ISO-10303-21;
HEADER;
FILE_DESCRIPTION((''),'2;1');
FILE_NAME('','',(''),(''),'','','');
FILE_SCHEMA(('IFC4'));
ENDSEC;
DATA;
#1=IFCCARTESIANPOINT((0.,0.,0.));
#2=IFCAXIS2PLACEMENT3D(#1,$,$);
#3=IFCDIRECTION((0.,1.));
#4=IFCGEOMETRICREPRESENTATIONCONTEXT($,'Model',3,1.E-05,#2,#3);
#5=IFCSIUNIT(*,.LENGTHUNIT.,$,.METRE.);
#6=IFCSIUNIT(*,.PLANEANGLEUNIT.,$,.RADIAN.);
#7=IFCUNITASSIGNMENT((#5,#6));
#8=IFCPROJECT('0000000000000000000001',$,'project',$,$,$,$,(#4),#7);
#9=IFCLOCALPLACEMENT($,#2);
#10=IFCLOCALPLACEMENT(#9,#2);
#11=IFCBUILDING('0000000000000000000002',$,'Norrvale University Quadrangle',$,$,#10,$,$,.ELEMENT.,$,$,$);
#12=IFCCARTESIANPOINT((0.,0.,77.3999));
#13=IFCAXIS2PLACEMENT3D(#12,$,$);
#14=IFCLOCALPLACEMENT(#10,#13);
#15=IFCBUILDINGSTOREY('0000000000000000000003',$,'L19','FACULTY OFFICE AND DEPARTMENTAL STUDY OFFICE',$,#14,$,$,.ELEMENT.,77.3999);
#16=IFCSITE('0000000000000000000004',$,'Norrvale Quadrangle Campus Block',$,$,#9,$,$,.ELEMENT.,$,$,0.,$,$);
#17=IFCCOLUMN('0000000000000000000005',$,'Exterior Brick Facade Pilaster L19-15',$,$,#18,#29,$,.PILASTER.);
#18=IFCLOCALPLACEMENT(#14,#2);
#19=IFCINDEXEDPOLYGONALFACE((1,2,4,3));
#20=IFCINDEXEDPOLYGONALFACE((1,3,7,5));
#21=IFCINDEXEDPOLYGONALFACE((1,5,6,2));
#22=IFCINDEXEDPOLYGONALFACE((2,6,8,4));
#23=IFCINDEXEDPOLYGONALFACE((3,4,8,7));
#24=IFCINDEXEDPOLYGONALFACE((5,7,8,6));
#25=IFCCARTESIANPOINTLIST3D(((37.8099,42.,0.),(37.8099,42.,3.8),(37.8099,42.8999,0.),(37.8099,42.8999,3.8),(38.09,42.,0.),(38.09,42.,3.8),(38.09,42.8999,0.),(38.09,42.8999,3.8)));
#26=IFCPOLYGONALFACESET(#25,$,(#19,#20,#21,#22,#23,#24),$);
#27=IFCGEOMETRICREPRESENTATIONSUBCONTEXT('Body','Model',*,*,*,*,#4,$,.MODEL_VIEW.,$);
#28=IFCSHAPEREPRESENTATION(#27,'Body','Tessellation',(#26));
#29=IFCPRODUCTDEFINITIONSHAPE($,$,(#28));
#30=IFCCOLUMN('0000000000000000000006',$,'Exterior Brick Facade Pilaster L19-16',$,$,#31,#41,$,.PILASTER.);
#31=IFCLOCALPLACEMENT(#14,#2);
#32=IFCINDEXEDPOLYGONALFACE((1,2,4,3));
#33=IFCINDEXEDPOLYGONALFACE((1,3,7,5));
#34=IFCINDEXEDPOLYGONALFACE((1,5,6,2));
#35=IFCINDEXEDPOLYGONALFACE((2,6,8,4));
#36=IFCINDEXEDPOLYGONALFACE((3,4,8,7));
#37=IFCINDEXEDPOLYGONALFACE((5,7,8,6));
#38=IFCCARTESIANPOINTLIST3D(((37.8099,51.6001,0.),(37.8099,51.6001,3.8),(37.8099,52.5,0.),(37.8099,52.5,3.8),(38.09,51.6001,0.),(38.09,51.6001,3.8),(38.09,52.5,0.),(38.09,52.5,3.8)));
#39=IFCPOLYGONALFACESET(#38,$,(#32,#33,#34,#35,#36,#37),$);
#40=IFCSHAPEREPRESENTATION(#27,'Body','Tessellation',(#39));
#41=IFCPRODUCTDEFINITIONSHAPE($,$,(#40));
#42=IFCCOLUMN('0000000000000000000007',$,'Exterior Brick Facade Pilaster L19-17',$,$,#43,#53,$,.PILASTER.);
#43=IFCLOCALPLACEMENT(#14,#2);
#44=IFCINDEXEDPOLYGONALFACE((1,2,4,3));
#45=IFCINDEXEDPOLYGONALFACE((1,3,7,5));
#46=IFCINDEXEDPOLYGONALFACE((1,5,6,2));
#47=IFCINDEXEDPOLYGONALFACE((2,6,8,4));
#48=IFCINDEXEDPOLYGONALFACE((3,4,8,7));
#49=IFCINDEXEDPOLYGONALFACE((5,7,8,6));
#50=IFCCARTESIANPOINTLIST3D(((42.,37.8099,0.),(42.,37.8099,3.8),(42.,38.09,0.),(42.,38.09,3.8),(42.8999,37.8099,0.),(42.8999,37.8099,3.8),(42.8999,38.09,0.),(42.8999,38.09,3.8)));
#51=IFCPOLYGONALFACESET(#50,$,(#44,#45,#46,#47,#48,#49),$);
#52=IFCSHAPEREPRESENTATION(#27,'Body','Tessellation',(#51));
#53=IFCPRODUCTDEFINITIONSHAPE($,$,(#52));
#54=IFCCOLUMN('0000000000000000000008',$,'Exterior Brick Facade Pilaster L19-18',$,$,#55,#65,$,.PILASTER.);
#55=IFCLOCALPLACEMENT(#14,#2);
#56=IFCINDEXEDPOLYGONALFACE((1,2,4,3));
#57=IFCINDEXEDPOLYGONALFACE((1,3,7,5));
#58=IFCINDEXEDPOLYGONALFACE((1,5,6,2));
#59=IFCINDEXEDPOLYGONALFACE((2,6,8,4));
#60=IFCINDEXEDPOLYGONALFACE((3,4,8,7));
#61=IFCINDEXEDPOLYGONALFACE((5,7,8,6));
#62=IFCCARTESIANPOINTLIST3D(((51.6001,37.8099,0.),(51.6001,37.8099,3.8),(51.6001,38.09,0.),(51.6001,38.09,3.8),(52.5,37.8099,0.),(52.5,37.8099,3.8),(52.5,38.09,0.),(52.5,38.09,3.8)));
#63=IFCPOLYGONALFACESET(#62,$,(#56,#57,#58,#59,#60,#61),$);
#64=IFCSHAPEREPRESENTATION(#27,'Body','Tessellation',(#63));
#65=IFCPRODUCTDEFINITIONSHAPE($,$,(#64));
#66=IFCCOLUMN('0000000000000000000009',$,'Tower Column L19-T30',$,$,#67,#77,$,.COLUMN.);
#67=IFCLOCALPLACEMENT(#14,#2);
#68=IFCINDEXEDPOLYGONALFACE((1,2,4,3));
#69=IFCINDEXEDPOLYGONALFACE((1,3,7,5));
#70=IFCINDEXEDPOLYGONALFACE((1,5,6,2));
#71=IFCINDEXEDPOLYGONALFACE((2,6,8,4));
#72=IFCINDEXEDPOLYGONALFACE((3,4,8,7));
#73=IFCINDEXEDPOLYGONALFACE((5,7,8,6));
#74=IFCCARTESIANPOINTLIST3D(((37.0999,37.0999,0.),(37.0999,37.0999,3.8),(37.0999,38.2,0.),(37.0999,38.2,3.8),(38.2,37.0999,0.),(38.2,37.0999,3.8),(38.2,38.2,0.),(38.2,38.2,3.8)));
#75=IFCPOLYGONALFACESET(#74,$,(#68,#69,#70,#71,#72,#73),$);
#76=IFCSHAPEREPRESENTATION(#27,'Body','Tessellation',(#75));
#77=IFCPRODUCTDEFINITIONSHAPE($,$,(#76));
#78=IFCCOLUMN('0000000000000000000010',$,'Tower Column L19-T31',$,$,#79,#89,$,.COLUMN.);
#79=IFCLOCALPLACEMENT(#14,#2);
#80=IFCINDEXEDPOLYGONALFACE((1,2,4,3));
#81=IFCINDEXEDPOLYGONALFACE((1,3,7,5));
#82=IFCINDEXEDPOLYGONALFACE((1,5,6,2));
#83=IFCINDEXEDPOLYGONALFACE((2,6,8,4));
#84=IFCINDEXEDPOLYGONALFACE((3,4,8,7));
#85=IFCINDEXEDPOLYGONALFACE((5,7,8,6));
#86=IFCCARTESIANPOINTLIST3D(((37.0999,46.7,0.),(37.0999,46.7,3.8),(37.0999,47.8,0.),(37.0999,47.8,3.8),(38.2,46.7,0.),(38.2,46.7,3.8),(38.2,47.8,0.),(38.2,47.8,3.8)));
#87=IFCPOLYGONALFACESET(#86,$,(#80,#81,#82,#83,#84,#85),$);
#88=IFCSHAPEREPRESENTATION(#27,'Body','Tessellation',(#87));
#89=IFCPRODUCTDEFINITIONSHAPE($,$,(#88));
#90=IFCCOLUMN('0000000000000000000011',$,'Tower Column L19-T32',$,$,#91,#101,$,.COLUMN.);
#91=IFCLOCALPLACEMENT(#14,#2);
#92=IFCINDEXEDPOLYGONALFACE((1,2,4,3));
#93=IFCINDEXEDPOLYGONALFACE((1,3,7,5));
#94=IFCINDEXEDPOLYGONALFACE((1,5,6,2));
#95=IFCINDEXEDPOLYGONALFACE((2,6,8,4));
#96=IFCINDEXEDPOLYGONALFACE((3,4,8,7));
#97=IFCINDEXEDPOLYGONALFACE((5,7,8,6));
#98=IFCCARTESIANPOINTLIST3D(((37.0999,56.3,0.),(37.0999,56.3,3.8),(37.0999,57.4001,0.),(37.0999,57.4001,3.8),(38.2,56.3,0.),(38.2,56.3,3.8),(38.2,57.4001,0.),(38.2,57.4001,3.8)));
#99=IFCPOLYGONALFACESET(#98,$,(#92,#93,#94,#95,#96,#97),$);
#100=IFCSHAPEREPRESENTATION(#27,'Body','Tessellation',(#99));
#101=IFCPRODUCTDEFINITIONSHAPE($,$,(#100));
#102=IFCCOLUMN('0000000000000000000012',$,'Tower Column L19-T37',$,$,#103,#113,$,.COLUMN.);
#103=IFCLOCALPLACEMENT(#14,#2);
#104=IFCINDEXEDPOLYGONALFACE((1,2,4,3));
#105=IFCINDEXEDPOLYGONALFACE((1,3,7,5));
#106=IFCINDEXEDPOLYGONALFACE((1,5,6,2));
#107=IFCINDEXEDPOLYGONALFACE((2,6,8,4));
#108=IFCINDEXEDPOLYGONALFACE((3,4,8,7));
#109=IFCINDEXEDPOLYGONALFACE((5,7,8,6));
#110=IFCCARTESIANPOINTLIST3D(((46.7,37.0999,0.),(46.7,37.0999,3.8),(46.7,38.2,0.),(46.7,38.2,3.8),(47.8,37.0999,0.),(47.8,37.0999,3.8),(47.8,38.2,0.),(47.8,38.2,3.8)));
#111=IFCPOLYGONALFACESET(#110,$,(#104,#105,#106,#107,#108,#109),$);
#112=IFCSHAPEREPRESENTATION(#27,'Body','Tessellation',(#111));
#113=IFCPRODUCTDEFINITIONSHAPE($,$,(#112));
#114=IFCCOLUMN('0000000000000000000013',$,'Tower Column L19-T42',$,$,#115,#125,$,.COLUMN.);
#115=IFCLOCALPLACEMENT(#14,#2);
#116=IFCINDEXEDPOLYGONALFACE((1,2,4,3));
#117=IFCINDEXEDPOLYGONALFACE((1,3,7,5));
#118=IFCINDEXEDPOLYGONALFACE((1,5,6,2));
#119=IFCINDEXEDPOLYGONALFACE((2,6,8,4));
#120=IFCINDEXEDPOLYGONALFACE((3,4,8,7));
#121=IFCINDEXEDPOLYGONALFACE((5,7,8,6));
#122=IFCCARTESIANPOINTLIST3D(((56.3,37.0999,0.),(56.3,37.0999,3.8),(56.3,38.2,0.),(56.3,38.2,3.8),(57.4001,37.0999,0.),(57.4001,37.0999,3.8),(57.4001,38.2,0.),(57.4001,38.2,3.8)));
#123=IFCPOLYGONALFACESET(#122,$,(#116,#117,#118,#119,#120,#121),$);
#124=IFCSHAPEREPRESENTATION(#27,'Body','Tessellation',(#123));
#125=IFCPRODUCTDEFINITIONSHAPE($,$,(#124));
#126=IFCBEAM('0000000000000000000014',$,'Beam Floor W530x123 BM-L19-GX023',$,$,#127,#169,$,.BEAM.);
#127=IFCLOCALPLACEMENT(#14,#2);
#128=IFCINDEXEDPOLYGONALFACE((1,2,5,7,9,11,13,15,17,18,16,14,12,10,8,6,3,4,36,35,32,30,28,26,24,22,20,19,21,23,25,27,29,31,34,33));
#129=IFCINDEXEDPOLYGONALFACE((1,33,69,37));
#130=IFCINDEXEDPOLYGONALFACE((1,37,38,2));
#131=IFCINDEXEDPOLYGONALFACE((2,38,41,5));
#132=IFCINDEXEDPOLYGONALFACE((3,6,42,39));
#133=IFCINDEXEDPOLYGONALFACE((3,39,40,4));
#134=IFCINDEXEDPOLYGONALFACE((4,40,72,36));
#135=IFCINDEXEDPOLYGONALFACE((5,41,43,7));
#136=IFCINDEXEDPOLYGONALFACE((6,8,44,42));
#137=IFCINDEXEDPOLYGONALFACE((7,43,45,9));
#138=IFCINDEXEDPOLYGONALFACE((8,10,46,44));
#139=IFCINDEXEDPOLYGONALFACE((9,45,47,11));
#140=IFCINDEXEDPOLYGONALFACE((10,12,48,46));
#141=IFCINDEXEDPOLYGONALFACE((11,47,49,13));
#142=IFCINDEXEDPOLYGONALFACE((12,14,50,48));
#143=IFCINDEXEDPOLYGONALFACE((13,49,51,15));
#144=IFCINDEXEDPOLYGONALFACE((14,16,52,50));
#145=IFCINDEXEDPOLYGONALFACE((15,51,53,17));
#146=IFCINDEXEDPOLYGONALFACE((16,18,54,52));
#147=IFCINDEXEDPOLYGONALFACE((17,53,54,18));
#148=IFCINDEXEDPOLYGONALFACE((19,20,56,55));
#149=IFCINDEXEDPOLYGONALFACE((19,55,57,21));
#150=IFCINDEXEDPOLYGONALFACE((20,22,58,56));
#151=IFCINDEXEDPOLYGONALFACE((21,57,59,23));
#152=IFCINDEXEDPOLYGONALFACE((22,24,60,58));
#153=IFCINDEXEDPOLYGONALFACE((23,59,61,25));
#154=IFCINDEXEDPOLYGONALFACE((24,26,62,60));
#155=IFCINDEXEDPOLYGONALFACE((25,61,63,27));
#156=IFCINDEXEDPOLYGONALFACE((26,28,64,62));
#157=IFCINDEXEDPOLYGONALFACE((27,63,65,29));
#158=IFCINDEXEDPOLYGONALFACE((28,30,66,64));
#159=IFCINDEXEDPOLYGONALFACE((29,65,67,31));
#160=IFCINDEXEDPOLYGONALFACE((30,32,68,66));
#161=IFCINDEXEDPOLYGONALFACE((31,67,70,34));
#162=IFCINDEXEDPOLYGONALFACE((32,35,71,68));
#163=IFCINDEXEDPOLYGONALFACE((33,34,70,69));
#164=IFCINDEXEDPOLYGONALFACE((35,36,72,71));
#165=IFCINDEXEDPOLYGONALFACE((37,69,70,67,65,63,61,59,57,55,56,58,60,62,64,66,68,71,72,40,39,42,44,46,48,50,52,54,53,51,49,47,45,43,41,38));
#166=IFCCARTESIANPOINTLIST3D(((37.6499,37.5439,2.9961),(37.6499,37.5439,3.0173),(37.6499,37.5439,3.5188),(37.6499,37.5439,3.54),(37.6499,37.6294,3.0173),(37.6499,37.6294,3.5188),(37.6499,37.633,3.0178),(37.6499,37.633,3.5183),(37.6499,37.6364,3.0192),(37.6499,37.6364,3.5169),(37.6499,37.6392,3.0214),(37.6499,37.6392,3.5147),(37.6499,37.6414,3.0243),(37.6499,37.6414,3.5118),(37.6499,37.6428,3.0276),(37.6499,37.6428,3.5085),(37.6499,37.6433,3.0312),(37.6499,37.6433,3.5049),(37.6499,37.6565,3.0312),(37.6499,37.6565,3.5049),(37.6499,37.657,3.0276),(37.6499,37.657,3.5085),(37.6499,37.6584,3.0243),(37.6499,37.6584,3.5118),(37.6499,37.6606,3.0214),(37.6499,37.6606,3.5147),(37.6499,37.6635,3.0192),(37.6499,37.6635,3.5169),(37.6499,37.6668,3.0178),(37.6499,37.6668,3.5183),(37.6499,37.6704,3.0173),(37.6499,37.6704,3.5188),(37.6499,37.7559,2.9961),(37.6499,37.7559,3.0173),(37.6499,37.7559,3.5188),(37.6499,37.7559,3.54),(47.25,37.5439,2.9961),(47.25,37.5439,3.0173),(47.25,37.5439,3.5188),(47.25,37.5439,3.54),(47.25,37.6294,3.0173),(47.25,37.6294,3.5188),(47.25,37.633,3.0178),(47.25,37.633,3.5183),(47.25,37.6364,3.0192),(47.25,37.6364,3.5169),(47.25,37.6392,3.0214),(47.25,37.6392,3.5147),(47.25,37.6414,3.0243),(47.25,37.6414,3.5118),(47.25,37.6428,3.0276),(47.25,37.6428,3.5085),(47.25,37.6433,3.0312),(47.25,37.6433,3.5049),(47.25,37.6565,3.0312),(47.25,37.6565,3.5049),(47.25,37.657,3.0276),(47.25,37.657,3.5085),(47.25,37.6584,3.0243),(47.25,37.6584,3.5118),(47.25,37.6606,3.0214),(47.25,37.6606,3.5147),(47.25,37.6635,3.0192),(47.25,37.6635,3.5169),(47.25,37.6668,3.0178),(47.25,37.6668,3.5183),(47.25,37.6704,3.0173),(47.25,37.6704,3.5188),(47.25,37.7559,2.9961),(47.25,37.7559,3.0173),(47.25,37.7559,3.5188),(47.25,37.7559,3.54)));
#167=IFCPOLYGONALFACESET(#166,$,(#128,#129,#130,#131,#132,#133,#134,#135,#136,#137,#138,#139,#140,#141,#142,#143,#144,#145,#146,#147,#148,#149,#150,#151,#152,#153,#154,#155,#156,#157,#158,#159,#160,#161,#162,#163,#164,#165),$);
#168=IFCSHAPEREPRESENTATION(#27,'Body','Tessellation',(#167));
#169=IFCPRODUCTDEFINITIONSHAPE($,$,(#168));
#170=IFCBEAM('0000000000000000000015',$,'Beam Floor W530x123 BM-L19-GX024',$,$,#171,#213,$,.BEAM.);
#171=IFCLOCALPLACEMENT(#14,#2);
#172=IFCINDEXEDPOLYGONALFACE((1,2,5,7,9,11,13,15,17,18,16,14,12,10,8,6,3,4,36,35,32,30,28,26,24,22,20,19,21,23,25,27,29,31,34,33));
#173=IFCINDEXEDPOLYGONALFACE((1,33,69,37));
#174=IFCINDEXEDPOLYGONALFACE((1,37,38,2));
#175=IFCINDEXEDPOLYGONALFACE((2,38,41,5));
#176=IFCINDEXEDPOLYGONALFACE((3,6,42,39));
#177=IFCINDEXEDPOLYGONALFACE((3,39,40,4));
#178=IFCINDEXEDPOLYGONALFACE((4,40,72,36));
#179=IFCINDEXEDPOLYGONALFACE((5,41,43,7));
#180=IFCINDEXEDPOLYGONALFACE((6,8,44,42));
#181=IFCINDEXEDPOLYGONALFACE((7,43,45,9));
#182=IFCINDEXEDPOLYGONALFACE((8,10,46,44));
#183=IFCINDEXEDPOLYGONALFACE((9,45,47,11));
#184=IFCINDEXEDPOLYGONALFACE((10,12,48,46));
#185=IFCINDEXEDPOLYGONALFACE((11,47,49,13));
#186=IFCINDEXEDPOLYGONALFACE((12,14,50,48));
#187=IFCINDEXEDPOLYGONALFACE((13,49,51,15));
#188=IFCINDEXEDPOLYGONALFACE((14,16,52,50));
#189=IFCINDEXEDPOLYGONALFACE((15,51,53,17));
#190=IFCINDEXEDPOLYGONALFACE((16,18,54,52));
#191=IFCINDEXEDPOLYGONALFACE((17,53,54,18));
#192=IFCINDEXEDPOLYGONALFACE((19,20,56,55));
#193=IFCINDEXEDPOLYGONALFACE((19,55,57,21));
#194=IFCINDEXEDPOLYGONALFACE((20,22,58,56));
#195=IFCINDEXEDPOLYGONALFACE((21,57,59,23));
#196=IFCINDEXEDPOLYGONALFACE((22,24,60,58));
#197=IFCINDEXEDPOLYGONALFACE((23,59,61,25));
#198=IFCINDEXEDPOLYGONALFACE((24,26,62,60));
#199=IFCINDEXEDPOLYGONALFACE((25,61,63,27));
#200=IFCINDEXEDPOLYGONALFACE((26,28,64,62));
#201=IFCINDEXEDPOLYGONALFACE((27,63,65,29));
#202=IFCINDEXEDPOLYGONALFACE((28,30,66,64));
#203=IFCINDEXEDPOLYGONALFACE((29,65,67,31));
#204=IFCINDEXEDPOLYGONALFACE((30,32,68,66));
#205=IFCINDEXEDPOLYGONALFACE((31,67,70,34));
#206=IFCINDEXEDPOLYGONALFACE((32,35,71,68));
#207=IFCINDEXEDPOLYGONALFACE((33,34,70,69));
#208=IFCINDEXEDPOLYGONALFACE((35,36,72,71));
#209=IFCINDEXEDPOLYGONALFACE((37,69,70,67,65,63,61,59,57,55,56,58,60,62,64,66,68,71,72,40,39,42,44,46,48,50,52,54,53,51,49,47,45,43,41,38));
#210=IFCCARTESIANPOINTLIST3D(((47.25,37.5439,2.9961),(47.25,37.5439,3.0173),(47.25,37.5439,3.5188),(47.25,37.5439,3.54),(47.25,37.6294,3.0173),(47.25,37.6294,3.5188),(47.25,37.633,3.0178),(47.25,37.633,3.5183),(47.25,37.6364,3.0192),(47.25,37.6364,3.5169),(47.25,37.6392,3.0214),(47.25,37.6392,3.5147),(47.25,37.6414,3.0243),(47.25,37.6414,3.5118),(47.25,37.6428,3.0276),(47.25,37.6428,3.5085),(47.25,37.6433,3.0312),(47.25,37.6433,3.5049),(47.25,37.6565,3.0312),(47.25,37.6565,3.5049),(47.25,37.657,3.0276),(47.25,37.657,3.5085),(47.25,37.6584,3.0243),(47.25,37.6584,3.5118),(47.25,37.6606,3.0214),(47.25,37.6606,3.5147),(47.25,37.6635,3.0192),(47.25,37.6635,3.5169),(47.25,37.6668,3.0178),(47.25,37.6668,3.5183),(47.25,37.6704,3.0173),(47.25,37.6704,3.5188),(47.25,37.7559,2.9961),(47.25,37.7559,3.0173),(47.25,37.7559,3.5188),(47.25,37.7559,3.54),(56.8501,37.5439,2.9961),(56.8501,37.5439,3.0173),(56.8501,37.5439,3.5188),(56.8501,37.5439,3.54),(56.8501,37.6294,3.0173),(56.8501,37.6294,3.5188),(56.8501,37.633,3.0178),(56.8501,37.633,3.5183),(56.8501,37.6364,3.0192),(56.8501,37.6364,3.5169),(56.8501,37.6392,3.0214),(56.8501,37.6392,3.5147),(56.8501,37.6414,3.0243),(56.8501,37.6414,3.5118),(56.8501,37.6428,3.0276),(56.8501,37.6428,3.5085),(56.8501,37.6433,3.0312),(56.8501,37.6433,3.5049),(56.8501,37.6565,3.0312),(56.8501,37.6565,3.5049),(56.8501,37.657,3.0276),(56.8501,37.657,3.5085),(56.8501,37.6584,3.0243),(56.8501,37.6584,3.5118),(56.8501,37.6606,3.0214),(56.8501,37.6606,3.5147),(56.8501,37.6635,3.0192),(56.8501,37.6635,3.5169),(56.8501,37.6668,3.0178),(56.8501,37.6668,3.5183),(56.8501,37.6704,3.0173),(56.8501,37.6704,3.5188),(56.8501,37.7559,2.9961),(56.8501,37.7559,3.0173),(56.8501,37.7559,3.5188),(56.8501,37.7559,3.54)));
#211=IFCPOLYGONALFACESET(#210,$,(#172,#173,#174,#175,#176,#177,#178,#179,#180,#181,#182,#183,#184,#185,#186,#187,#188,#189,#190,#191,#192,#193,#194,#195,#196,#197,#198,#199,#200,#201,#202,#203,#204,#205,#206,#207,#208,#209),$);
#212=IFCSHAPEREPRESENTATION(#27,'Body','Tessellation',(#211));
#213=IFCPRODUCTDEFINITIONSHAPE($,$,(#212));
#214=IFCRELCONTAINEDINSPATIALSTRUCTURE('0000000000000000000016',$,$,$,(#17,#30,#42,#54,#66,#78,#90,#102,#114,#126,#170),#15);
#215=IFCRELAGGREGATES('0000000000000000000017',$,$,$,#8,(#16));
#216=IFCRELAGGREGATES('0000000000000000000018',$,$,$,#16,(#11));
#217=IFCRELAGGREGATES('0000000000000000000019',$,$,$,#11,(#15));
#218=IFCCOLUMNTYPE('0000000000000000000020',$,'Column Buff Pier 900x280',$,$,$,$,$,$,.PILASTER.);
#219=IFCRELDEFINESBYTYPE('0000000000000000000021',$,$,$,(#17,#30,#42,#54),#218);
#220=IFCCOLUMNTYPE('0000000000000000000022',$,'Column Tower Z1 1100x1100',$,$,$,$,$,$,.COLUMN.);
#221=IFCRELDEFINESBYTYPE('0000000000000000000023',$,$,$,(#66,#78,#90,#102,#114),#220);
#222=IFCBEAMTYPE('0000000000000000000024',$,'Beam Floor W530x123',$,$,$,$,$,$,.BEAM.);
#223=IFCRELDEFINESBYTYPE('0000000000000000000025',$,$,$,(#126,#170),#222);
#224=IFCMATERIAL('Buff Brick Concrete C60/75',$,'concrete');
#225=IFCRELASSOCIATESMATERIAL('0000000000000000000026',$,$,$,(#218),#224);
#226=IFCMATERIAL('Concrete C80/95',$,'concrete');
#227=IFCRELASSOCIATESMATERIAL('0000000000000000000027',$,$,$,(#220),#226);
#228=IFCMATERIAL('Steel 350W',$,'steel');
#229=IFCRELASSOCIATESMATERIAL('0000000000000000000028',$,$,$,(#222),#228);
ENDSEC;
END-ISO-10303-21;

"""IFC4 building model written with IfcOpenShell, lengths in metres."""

from ifc_helpers import new_model, si_unit, direction, frame, origin, origin_2d, place, context, subcontext, project, spatial, rectangle, i_section, extrude, material, material_profile, profile_set, type_object, element, save


model = new_model("IFC4")

# Units and contexts
model_context = context("Model", 3, precision=1e-05, world=origin(), true_north=direction((0.0, 1.0)))
body_context = subcontext(model_context, "Body", "Model", "MODEL_VIEW")
ifc_project = project(units=[si_unit("LENGTHUNIT", "METRE"), si_unit("PLANEANGLEUNIT", "RADIAN")], contexts=[model_context])

# Site, building, storey
site_placement = place(None, origin())
site = spatial("IfcSite", under=ifc_project, at=site_placement, Name="Norrvale Quadrangle Campus Block", CompositionType="ELEMENT", RefElevation=0.0)
building_placement = place(site_placement, origin())
building = spatial("IfcBuilding", under=site, at=building_placement, Name="Norrvale University Quadrangle", CompositionType="ELEMENT")
storey_placement = place(building_placement, frame((0.0, 0.0, 77.3999)))
storey = spatial("IfcBuildingStorey", under=building, at=storey_placement, Name="L19", Description="FACULTY OFFICE AND DEPARTMENTAL STUDY OFFICE", CompositionType="ELEMENT", Elevation=77.3999)

# Columns
ifc_material_1 = material(Name="Buff Brick Concrete C60/75", Category="concrete")
ifc_material_profile_1 = material_profile(ifc_material_1, rectangle(XDim=0.8999, YDim=0.28, at=origin_2d()), Name="Buff Brick Concrete C60/75")
ifc_profile_set_1 = profile_set([ifc_material_profile_1], Name="Buff Brick Concrete C60/75")
column_type_1 = type_object("IfcColumnType", Name="Column Buff Pier 900x280", PredefinedType="PILASTER", material=ifc_profile_set_1)
for number, where, z_axis, x_axis, name in (
    (1, (37.95, 42.45, 0.0), (0.0, 0.0, 1.0), (0.0, 1.0, 0.0), "Exterior Brick Facade Pilaster L19-15"),
    (2, (37.95, 52.05, 0.0), (0.0, 0.0, 1.0), (0.0, 1.0, 0.0), "Exterior Brick Facade Pilaster L19-16"),
    (3, (42.45, 37.95, 0.0), (0.0, 0.0, 1.0), (1.0, 0.0, 0.0), "Exterior Brick Facade Pilaster L19-17"),
    (4, (52.05, 37.95, 0.0), (0.0, 0.0, 1.0), (1.0, 0.0, 0.0), "Exterior Brick Facade Pilaster L19-18"),
):
    element("IfcColumn", number, at=place(storey_placement, frame(where, z_axis=z_axis, x_axis=x_axis)), inside=storey, type_object=column_type_1, Name=name, PredefinedType="PILASTER", context=body_context, shape_type="SweptSolid", body=[
        extrude(rectangle(XDim=0.8999, YDim=0.28, at=origin_2d()), origin(), (0.0, 0.0, 1.0), 3.8),
    ])
ifc_material_2 = material(Name="Concrete C80/95", Category="concrete")
ifc_material_profile_2 = material_profile(ifc_material_2, rectangle(XDim=1.1001, YDim=1.1001, at=origin_2d()), Name="Concrete C80/95")
ifc_profile_set_2 = profile_set([ifc_material_profile_2], Name="Concrete C80/95")
column_type_2 = type_object("IfcColumnType", Name="Column Tower Z1 1100x1100", PredefinedType="COLUMN", material=ifc_profile_set_2)
for number, where, z_axis, x_axis, name in (
    (5, (37.6499, 37.6499, 0.0), (0.0, 0.0, 1.0), (1.0, 0.0, 0.0), "Tower Column L19-T30"),
    (6, (37.6499, 47.25, 0.0), (0.0, 0.0, 1.0), (1.0, 0.0, 0.0), "Tower Column L19-T31"),
    (7, (37.6499, 56.8501, 0.0), (0.0, 0.0, 1.0), (1.0, 0.0, 0.0), "Tower Column L19-T32"),
    (8, (47.25, 37.6499, 0.0), (0.0, 0.0, 1.0), (1.0, 0.0, 0.0), "Tower Column L19-T37"),
    (9, (56.8501, 37.6499, 0.0), (0.0, 0.0, 1.0), (1.0, 0.0, 0.0), "Tower Column L19-T42"),
):
    element("IfcColumn", number, at=place(storey_placement, frame(where, z_axis=z_axis, x_axis=x_axis)), inside=storey, type_object=column_type_2, Name=name, PredefinedType="COLUMN", context=body_context, shape_type="SweptSolid", body=[
        extrude(rectangle(XDim=1.1001, YDim=1.1001, at=origin_2d()), origin(), (0.0, 0.0, 1.0), 3.8),
    ])

# Beams
ifc_material_3 = material(Name="Steel 350W", Category="steel")
ifc_material_profile_3 = material_profile(ifc_material_3, i_section(OverallWidth=0.2119, OverallDepth=0.5439, WebThickness=0.0132, FlangeThickness=0.0212, FilletRadius=0.0139, at=origin_2d()), Name="Steel 350W")
ifc_profile_set_3 = profile_set([ifc_material_profile_3], Name="Steel 350W")
beam_type_1 = type_object("IfcBeamType", Name="Beam Floor W530x123", PredefinedType="BEAM", material=ifc_profile_set_3)
for number, where, z_axis, x_axis, name in (
    (10, (37.6499, 37.6499, 3.2681), (1.0, 0.0, 0.0), (0.0, 1.0, 0.0), "Beam Floor W530x123 BM-L19-GX023"),
    (11, (47.25, 37.6499, 3.2681), (1.0, 0.0, 0.0), (0.0, 1.0, 0.0), "Beam Floor W530x123 BM-L19-GX024"),
):
    element("IfcBeam", number, at=place(storey_placement, frame(where, z_axis=z_axis, x_axis=x_axis)), inside=storey, type_object=beam_type_1, Name=name, PredefinedType="BEAM", context=body_context, shape_type="SweptSolid", body=[
        extrude(i_section(OverallWidth=0.2119, OverallDepth=0.5439, WebThickness=0.0132, FlangeThickness=0.0212, FilletRadius=0.0139, at=origin_2d()), origin(), (0.0, 0.0, 1.0), 9.6001),
    ])

save(model, "model.ifc")
